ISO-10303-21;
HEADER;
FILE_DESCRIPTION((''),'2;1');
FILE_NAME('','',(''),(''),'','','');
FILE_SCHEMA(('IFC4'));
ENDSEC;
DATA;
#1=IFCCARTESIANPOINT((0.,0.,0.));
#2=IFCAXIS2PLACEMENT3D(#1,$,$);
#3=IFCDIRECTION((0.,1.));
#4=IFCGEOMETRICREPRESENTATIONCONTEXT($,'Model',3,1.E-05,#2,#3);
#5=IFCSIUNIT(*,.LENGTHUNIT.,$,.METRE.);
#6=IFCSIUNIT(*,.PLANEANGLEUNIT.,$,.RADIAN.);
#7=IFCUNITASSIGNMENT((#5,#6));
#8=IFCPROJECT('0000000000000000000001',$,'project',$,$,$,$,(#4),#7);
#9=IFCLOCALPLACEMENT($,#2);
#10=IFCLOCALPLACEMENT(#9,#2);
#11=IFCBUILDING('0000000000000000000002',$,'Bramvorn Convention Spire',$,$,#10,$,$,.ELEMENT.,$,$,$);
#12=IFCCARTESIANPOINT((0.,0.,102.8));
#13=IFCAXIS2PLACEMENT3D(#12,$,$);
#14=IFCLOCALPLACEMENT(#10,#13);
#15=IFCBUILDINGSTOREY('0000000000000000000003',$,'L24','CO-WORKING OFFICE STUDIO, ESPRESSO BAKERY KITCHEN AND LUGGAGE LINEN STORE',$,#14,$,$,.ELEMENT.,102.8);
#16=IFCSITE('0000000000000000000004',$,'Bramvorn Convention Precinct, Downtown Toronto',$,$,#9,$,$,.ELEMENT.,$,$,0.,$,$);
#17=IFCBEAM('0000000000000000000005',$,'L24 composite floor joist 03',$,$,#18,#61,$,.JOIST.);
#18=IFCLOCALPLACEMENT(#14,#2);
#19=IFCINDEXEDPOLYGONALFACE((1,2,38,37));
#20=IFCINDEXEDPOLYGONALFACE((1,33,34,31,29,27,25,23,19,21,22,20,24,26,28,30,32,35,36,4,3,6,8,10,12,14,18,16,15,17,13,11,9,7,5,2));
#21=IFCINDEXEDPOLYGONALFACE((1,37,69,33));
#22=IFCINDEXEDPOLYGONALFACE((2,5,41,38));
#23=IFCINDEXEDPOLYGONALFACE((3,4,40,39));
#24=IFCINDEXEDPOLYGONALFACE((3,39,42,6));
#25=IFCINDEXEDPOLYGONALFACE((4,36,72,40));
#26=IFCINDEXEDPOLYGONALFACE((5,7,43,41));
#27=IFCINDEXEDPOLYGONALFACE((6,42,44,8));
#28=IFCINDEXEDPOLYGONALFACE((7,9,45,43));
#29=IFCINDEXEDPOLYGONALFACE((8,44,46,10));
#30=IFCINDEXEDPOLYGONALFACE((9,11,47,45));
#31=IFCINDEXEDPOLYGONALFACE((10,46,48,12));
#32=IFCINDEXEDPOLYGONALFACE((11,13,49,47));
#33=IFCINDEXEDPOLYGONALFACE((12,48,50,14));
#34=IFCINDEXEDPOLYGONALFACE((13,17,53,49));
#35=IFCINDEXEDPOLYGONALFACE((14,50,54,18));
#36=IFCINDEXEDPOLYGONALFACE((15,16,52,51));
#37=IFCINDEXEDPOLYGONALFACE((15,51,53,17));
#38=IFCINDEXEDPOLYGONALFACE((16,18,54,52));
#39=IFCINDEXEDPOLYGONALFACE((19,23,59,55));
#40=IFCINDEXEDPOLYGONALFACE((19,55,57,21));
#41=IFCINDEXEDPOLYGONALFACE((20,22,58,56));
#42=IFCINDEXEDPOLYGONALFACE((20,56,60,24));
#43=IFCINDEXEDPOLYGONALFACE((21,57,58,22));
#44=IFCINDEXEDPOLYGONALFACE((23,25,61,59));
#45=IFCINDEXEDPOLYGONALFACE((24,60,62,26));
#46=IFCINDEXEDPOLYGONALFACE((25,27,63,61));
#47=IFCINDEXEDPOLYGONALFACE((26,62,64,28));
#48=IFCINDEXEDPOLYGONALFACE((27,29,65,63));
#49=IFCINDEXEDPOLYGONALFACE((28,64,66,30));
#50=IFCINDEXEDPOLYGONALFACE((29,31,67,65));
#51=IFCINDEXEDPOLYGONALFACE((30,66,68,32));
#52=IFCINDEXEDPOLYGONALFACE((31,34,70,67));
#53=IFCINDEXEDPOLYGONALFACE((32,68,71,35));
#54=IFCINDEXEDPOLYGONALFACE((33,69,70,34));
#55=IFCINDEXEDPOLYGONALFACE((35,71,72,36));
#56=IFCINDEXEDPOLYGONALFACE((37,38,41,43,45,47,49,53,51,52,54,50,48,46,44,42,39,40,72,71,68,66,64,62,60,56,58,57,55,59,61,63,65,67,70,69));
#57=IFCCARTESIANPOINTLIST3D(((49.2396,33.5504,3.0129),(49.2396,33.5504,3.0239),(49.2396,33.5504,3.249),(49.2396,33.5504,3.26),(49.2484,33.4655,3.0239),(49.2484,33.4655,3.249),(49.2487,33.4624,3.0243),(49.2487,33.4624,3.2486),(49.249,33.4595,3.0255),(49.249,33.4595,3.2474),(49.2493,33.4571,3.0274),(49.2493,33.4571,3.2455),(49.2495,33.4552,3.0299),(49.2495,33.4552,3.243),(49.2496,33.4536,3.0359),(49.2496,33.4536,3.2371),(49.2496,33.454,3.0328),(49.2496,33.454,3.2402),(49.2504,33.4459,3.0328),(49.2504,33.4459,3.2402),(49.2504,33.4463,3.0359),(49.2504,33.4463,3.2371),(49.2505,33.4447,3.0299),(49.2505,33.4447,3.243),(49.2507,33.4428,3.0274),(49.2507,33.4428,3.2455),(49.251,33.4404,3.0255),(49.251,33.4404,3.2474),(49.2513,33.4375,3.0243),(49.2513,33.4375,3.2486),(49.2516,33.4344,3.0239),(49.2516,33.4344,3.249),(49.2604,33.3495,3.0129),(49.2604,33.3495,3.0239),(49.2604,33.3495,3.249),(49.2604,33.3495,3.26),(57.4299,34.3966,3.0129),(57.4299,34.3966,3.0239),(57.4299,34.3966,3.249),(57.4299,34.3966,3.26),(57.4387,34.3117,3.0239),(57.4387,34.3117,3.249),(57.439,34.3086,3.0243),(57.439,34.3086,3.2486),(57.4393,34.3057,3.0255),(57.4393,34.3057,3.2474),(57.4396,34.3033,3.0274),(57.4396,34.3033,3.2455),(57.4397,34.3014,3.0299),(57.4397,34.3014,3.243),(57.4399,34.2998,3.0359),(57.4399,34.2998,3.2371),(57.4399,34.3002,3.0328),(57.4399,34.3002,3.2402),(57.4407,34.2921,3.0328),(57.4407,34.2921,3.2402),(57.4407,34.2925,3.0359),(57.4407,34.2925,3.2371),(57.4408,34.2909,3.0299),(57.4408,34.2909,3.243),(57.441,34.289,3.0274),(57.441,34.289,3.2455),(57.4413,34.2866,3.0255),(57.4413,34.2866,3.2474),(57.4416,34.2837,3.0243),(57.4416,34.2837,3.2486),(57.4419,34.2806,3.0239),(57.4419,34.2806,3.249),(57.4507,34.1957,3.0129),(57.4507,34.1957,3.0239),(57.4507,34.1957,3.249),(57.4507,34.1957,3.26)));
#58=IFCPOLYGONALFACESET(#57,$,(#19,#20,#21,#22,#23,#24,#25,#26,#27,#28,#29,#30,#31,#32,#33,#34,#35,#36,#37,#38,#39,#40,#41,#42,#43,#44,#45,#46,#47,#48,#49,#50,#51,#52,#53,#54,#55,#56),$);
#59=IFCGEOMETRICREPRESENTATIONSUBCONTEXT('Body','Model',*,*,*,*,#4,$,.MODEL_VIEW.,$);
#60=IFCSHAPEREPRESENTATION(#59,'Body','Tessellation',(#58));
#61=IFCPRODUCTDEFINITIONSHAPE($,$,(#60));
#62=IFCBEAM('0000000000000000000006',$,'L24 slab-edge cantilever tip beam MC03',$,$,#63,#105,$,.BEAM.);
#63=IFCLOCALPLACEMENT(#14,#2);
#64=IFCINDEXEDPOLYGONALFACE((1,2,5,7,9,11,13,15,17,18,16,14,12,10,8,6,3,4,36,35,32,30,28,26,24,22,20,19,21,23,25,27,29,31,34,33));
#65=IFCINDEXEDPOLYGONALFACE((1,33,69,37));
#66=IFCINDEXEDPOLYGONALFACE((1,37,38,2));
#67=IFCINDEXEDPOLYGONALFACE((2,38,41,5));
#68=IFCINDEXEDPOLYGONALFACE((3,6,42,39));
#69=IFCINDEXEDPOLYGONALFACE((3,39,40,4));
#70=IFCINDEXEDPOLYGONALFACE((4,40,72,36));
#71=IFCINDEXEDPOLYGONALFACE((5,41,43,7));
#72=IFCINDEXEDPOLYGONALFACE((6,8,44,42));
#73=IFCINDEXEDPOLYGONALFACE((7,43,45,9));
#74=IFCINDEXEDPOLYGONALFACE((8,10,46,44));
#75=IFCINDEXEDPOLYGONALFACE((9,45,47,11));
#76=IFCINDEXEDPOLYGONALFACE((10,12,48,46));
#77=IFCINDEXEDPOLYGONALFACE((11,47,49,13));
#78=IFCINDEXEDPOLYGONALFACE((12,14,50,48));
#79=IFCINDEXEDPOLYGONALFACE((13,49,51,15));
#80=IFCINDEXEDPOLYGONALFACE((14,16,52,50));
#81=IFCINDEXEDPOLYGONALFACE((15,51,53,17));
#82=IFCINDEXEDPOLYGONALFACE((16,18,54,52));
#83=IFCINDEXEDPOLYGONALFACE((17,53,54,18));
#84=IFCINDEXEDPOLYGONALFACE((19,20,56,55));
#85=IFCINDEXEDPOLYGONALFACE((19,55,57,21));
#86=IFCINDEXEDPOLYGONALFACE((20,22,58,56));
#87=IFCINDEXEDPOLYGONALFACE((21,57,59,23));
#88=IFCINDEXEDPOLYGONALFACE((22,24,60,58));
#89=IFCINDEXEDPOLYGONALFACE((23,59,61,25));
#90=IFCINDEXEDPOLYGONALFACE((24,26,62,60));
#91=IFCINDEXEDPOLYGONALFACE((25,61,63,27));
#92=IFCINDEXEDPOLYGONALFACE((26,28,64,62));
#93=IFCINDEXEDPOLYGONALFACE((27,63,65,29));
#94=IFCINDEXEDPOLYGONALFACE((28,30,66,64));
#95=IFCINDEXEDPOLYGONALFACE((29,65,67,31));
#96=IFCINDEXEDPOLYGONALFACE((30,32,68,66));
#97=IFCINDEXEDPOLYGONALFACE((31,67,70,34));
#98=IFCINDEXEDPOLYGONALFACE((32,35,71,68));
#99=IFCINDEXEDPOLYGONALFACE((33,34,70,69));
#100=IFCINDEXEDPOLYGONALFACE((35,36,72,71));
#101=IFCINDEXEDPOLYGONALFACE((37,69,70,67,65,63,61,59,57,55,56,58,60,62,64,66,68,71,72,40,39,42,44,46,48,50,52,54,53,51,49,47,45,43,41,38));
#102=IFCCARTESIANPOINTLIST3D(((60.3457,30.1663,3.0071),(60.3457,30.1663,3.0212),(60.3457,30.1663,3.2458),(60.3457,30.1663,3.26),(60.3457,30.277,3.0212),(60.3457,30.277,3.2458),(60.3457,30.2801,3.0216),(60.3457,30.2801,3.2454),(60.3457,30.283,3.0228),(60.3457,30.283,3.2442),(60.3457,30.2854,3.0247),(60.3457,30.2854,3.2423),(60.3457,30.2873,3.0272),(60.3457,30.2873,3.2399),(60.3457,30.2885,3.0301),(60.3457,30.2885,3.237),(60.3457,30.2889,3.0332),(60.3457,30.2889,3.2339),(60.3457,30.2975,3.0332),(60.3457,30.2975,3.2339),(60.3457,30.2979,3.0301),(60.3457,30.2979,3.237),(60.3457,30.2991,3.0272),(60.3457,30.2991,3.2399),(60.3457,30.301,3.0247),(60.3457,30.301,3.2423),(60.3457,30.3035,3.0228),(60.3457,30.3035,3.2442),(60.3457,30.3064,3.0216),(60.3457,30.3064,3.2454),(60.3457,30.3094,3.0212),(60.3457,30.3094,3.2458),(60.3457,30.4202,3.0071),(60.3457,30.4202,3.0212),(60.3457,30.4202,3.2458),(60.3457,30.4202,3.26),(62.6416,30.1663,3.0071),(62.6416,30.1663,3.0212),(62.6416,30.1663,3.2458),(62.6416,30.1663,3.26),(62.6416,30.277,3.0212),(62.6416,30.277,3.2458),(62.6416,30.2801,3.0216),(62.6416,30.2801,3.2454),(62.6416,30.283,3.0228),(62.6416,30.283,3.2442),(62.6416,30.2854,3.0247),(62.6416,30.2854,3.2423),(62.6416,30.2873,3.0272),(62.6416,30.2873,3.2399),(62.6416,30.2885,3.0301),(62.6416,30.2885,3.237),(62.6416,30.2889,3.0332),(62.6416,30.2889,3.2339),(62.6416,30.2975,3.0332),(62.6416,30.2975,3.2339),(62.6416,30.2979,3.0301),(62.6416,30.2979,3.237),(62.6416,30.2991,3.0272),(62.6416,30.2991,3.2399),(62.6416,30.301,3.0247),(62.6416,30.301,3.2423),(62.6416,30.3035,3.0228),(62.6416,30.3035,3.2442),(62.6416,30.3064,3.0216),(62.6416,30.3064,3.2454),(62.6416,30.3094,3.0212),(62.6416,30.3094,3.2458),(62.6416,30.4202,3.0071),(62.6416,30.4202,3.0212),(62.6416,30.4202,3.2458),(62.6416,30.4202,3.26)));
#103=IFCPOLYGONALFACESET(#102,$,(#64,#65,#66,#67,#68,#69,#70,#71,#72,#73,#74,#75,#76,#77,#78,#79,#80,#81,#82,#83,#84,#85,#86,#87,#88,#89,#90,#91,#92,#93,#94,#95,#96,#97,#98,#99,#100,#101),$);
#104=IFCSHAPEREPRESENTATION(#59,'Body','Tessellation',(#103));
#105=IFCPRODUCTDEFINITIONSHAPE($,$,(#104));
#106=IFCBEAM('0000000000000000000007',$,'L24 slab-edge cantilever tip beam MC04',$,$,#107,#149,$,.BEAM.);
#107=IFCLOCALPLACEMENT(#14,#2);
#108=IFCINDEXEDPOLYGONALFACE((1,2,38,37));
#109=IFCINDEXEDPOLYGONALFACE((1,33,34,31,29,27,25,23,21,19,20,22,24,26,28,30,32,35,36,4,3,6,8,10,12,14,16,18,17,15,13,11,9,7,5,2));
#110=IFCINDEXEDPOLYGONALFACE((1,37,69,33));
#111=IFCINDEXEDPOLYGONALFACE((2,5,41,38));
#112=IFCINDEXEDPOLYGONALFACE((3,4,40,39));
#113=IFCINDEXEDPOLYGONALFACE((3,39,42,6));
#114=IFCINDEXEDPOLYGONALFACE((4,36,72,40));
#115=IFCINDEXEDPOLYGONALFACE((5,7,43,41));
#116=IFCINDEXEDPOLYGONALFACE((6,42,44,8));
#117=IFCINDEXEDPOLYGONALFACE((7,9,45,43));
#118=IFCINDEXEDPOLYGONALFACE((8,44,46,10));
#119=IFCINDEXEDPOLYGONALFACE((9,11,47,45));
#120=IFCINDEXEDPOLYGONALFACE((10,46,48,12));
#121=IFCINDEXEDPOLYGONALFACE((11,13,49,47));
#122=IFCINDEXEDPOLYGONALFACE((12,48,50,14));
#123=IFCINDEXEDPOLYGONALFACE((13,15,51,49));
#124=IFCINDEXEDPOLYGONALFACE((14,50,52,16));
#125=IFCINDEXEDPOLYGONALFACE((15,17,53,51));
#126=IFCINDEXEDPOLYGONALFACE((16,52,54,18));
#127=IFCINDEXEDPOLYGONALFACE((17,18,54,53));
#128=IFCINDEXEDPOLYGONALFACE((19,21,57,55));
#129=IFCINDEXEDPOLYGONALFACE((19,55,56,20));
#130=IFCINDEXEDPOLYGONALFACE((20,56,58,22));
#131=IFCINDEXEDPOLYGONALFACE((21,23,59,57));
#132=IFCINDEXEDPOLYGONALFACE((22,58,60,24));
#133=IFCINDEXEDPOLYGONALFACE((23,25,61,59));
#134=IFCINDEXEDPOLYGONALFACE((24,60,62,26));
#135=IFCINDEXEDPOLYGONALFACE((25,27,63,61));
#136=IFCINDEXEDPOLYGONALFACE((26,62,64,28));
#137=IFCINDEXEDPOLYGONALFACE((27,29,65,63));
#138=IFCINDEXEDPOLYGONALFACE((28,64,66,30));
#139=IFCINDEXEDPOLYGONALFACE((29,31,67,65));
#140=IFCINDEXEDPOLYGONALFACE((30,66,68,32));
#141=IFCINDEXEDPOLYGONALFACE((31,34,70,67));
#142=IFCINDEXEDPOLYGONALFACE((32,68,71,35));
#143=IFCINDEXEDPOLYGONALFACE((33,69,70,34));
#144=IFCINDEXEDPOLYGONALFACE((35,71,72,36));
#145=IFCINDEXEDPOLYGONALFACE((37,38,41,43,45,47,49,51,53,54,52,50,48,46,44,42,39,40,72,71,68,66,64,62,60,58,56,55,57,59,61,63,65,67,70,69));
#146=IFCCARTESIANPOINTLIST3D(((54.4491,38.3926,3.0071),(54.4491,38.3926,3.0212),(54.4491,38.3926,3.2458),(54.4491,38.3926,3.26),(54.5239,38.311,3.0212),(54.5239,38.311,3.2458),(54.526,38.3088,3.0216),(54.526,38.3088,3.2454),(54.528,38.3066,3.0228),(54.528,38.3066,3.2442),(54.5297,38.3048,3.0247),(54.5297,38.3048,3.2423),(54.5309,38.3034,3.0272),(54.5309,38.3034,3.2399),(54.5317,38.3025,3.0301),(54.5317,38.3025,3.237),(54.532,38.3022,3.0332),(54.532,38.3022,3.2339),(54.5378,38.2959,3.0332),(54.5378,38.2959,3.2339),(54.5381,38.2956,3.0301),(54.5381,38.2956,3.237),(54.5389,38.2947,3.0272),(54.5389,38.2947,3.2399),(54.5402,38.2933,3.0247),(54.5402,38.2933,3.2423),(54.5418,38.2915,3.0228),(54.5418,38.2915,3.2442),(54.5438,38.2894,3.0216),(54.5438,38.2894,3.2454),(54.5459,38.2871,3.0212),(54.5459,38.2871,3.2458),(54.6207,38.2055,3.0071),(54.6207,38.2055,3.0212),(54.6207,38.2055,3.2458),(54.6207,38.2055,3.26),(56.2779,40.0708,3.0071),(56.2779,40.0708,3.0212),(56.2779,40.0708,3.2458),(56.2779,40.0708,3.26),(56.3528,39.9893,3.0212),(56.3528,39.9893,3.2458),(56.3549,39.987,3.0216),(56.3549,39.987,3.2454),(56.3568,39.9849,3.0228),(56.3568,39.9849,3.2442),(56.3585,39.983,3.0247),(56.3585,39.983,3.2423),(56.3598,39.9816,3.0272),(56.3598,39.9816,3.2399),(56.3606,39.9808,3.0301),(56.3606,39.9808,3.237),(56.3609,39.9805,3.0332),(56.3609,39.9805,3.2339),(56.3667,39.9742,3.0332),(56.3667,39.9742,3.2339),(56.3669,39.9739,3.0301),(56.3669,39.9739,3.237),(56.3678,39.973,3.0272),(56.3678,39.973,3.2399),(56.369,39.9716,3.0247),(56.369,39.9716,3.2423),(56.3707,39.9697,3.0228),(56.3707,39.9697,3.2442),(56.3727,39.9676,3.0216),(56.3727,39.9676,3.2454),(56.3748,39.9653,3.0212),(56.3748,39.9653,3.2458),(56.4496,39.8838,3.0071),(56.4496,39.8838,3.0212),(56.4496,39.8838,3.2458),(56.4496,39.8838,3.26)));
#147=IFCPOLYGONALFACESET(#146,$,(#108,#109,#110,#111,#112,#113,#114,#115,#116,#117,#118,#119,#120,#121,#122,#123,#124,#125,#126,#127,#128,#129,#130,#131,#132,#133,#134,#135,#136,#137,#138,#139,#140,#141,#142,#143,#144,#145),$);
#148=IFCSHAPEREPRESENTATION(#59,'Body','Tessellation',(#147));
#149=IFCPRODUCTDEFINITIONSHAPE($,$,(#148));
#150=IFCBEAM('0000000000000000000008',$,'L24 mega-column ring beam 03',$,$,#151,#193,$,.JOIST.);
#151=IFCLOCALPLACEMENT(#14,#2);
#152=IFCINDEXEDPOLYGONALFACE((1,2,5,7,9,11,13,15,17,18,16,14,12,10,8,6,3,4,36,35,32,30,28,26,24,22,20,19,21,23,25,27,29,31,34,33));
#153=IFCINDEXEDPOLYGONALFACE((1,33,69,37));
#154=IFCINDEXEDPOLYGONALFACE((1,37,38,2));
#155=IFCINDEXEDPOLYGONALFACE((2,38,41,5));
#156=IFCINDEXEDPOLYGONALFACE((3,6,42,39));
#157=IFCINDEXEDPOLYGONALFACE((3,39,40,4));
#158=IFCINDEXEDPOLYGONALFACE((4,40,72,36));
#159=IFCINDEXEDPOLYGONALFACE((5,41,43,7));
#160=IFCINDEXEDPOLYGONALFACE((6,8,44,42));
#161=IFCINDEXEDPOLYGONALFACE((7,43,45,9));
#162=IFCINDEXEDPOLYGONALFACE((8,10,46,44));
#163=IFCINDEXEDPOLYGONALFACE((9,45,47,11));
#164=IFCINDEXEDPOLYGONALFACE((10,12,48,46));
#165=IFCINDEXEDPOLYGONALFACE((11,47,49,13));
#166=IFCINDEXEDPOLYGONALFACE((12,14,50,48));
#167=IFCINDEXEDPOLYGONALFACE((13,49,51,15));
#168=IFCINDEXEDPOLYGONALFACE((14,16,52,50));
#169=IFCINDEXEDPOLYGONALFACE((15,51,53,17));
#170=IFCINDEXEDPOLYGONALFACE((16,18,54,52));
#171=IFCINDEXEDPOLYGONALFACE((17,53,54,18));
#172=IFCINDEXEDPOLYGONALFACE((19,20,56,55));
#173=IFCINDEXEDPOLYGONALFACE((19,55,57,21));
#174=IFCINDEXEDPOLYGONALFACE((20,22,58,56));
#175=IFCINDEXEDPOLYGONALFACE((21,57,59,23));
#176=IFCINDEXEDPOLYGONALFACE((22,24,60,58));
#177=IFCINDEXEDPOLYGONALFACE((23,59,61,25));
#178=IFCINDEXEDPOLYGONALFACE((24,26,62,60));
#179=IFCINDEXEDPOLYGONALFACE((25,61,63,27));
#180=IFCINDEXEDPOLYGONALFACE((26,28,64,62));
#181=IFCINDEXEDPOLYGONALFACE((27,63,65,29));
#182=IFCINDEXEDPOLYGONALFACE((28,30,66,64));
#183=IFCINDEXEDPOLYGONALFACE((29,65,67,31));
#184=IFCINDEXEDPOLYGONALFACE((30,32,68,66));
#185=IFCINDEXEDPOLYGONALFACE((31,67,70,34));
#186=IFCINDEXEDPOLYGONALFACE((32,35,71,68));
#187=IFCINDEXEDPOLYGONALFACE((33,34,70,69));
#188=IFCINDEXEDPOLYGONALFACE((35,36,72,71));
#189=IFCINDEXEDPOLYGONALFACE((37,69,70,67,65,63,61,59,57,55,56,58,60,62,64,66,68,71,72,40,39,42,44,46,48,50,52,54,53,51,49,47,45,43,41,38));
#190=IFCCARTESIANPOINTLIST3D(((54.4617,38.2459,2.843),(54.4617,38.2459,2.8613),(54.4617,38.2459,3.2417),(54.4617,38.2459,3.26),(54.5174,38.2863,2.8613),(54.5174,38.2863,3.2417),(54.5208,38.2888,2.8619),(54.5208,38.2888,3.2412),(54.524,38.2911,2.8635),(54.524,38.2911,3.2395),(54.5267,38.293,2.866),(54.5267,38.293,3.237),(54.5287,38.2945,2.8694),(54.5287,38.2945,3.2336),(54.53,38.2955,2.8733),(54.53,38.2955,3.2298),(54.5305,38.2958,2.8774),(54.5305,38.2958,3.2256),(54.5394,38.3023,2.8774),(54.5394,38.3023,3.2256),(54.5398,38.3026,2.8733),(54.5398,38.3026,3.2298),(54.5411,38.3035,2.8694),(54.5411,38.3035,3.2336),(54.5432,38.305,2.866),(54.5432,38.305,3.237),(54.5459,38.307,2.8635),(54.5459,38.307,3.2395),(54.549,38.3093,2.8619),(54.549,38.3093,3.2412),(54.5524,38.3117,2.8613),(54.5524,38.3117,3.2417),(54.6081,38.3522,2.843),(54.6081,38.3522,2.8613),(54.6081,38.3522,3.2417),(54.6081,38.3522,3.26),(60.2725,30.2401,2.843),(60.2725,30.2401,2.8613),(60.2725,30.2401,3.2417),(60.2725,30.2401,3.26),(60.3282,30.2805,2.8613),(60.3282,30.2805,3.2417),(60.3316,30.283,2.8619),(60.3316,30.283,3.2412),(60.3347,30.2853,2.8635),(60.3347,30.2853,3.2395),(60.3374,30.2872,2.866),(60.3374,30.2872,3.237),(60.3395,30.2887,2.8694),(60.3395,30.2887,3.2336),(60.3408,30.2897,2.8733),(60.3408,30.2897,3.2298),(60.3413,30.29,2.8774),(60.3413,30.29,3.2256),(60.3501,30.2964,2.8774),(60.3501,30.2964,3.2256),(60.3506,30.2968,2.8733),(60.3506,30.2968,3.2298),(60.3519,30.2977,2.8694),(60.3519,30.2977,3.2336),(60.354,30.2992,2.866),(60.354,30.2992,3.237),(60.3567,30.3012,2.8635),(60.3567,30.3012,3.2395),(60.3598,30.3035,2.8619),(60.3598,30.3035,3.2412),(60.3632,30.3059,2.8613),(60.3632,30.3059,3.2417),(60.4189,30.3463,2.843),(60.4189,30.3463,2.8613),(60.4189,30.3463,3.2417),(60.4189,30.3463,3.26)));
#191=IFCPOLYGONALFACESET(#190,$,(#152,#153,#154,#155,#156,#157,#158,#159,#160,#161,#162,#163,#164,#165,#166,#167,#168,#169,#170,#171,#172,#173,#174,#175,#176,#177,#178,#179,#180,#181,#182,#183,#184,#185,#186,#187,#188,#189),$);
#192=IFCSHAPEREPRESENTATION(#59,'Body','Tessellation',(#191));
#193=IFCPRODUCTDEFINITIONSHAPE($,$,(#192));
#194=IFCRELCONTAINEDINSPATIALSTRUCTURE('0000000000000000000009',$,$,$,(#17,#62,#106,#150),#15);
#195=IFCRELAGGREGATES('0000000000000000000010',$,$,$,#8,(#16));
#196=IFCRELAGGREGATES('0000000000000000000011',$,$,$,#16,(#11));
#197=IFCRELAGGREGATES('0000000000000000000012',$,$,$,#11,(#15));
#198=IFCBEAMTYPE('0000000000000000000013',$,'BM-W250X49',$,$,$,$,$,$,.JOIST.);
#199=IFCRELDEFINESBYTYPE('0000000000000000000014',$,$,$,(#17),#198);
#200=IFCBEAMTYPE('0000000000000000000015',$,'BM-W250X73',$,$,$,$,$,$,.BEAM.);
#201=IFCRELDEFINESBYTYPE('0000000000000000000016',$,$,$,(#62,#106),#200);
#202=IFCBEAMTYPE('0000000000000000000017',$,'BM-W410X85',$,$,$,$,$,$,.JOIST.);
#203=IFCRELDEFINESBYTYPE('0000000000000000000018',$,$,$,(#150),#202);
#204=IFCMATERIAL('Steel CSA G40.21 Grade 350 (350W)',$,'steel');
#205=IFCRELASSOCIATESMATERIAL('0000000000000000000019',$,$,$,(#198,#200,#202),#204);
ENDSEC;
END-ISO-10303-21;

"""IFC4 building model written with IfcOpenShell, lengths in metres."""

from ifc_helpers import new_model, si_unit, direction, frame, origin, origin_2d, place, context, subcontext, project, spatial, i_section, extrude, material, material_profile, profile_set, type_object, element, save


model = new_model("IFC4")

# Units and contexts
model_context = context("Model", 3, precision=1e-05, world=origin(), true_north=direction((0.0, 1.0)))
body_context = subcontext(model_context, "Body", "Model", "MODEL_VIEW")
ifc_project = project(units=[si_unit("LENGTHUNIT", "METRE"), si_unit("PLANEANGLEUNIT", "RADIAN")], contexts=[model_context])

# Site, building, storey
site_placement = place(None, origin())
site = spatial("IfcSite", under=ifc_project, at=site_placement, Name="Bramvorn Convention Precinct, Downtown Toronto", CompositionType="ELEMENT", RefElevation=0.0)
building_placement = place(site_placement, origin())
building = spatial("IfcBuilding", under=site, at=building_placement, Name="Bramvorn Convention Spire", CompositionType="ELEMENT")
storey_placement = place(building_placement, frame((0.0, 0.0, 102.8)))
storey = spatial("IfcBuildingStorey", under=building, at=storey_placement, Name="L24", Description="CO-WORKING OFFICE STUDIO, ESPRESSO BAKERY KITCHEN AND LUGGAGE LINEN STORE", CompositionType="ELEMENT", Elevation=102.8)

# Shared definitions
ifc_material_1 = material(Name="Steel CSA G40.21 Grade 350 (350W)", Category="steel")

# Beams
ifc_material_profile_1 = material_profile(ifc_material_1, i_section(OverallWidth=0.2019, OverallDepth=0.2471, WebThickness=0.0073, FlangeThickness=0.011, FilletRadius=0.012, at=origin_2d()))
ifc_profile_set_1 = profile_set([ifc_material_profile_1], Name="Steel CSA G40.21 Grade 350 (350W) - W250X49")
beam_type_1 = type_object("IfcBeamType", Name="BM-W250X49", PredefinedType="JOIST", material=ifc_profile_set_1)
beam_1_placement = place(storey_placement, frame((49.25, 33.45, 3.1365), z_axis=(0.994705, 0.102771, 0.0), x_axis=(-0.102771, 0.994705, 0.0)))
element("IfcBeam", 1, at=beam_1_placement, inside=storey, type_object=beam_type_1, Name="L24 composite floor joist 03", PredefinedType="JOIST", context=body_context, shape_type="SweptSolid", body=[
    extrude(i_section(OverallWidth=0.2019, OverallDepth=0.2471, WebThickness=0.0073, FlangeThickness=0.011, FilletRadius=0.012, at=origin_2d()), origin(), (0.0, 0.0, 1.0), 8.2339),
])
ifc_material_profile_2 = material_profile(ifc_material_1, i_section(OverallWidth=0.2539, OverallDepth=0.2529, WebThickness=0.0085, FlangeThickness=0.0142, FilletRadius=0.012, at=origin_2d()))
ifc_profile_set_2 = profile_set([ifc_material_profile_2], Name="Steel CSA G40.21 Grade 350 (350W) - W250X73")
beam_type_2 = type_object("IfcBeamType", Name="BM-W250X73", PredefinedType="BEAM", material=ifc_profile_set_2)
beam_2_placement = place(storey_placement, frame((60.3457, 30.2932, 3.1335), z_axis=(1.0, 0.0, 0.0), x_axis=(0.0, 1.0, 0.0)))
element("IfcBeam", 2, at=beam_2_placement, inside=storey, type_object=beam_type_2, Name="L24 slab-edge cantilever tip beam MC03", PredefinedType="BEAM", context=body_context, shape_type="SweptSolid", body=[
    extrude(i_section(OverallWidth=0.2539, OverallDepth=0.2529, WebThickness=0.0085, FlangeThickness=0.0142, FilletRadius=0.012, at=origin_2d()), origin(), (0.0, 0.0, 1.0), 2.2959),
])
beam_3_placement = place(storey_placement, frame((54.5349, 38.2991, 3.1335), z_axis=(0.736799, 0.676112, 0.0), x_axis=(-0.676112, 0.736799, 0.0)))
element("IfcBeam", 3, at=beam_3_placement, inside=storey, type_object=beam_type_2, Name="L24 slab-edge cantilever tip beam MC04", PredefinedType="BEAM", context=body_context, shape_type="SweptSolid", body=[
    extrude(i_section(OverallWidth=0.2539, OverallDepth=0.2529, WebThickness=0.0085, FlangeThickness=0.0142, FilletRadius=0.012, at=origin_2d()), origin(), (0.0, 0.0, 1.0), 2.4822),
])
ifc_material_profile_3 = material_profile(ifc_material_1, i_section(OverallWidth=0.1809, OverallDepth=0.417, WebThickness=0.011, FlangeThickness=0.0183, FilletRadius=0.0161, at=origin_2d()))
ifc_profile_set_3 = profile_set([ifc_material_profile_3], Name="Steel CSA G40.21 Grade 350 (350W) - W410X85")
beam_type_3 = type_object("IfcBeamType", Name="BM-W410X85", PredefinedType="JOIST", material=ifc_profile_set_3)
beam_4_placement = place(storey_placement, frame((60.3457, 30.2932, 3.0515), z_axis=(-0.587401, 0.809296, 0.0), x_axis=(-0.809296, -0.587401, 0.0)))
element("IfcBeam", 4, at=beam_4_placement, inside=storey, type_object=beam_type_3, Name="L24 mega-column ring beam 03", PredefinedType="JOIST", context=body_context, shape_type="SweptSolid", body=[
    extrude(i_section(OverallWidth=0.1809, OverallDepth=0.417, WebThickness=0.011, FlangeThickness=0.0183, FilletRadius=0.0161, at=origin_2d()), origin(), (0.0, 0.0, 1.0), 9.8923),
])

save(model, "model.ifc")
